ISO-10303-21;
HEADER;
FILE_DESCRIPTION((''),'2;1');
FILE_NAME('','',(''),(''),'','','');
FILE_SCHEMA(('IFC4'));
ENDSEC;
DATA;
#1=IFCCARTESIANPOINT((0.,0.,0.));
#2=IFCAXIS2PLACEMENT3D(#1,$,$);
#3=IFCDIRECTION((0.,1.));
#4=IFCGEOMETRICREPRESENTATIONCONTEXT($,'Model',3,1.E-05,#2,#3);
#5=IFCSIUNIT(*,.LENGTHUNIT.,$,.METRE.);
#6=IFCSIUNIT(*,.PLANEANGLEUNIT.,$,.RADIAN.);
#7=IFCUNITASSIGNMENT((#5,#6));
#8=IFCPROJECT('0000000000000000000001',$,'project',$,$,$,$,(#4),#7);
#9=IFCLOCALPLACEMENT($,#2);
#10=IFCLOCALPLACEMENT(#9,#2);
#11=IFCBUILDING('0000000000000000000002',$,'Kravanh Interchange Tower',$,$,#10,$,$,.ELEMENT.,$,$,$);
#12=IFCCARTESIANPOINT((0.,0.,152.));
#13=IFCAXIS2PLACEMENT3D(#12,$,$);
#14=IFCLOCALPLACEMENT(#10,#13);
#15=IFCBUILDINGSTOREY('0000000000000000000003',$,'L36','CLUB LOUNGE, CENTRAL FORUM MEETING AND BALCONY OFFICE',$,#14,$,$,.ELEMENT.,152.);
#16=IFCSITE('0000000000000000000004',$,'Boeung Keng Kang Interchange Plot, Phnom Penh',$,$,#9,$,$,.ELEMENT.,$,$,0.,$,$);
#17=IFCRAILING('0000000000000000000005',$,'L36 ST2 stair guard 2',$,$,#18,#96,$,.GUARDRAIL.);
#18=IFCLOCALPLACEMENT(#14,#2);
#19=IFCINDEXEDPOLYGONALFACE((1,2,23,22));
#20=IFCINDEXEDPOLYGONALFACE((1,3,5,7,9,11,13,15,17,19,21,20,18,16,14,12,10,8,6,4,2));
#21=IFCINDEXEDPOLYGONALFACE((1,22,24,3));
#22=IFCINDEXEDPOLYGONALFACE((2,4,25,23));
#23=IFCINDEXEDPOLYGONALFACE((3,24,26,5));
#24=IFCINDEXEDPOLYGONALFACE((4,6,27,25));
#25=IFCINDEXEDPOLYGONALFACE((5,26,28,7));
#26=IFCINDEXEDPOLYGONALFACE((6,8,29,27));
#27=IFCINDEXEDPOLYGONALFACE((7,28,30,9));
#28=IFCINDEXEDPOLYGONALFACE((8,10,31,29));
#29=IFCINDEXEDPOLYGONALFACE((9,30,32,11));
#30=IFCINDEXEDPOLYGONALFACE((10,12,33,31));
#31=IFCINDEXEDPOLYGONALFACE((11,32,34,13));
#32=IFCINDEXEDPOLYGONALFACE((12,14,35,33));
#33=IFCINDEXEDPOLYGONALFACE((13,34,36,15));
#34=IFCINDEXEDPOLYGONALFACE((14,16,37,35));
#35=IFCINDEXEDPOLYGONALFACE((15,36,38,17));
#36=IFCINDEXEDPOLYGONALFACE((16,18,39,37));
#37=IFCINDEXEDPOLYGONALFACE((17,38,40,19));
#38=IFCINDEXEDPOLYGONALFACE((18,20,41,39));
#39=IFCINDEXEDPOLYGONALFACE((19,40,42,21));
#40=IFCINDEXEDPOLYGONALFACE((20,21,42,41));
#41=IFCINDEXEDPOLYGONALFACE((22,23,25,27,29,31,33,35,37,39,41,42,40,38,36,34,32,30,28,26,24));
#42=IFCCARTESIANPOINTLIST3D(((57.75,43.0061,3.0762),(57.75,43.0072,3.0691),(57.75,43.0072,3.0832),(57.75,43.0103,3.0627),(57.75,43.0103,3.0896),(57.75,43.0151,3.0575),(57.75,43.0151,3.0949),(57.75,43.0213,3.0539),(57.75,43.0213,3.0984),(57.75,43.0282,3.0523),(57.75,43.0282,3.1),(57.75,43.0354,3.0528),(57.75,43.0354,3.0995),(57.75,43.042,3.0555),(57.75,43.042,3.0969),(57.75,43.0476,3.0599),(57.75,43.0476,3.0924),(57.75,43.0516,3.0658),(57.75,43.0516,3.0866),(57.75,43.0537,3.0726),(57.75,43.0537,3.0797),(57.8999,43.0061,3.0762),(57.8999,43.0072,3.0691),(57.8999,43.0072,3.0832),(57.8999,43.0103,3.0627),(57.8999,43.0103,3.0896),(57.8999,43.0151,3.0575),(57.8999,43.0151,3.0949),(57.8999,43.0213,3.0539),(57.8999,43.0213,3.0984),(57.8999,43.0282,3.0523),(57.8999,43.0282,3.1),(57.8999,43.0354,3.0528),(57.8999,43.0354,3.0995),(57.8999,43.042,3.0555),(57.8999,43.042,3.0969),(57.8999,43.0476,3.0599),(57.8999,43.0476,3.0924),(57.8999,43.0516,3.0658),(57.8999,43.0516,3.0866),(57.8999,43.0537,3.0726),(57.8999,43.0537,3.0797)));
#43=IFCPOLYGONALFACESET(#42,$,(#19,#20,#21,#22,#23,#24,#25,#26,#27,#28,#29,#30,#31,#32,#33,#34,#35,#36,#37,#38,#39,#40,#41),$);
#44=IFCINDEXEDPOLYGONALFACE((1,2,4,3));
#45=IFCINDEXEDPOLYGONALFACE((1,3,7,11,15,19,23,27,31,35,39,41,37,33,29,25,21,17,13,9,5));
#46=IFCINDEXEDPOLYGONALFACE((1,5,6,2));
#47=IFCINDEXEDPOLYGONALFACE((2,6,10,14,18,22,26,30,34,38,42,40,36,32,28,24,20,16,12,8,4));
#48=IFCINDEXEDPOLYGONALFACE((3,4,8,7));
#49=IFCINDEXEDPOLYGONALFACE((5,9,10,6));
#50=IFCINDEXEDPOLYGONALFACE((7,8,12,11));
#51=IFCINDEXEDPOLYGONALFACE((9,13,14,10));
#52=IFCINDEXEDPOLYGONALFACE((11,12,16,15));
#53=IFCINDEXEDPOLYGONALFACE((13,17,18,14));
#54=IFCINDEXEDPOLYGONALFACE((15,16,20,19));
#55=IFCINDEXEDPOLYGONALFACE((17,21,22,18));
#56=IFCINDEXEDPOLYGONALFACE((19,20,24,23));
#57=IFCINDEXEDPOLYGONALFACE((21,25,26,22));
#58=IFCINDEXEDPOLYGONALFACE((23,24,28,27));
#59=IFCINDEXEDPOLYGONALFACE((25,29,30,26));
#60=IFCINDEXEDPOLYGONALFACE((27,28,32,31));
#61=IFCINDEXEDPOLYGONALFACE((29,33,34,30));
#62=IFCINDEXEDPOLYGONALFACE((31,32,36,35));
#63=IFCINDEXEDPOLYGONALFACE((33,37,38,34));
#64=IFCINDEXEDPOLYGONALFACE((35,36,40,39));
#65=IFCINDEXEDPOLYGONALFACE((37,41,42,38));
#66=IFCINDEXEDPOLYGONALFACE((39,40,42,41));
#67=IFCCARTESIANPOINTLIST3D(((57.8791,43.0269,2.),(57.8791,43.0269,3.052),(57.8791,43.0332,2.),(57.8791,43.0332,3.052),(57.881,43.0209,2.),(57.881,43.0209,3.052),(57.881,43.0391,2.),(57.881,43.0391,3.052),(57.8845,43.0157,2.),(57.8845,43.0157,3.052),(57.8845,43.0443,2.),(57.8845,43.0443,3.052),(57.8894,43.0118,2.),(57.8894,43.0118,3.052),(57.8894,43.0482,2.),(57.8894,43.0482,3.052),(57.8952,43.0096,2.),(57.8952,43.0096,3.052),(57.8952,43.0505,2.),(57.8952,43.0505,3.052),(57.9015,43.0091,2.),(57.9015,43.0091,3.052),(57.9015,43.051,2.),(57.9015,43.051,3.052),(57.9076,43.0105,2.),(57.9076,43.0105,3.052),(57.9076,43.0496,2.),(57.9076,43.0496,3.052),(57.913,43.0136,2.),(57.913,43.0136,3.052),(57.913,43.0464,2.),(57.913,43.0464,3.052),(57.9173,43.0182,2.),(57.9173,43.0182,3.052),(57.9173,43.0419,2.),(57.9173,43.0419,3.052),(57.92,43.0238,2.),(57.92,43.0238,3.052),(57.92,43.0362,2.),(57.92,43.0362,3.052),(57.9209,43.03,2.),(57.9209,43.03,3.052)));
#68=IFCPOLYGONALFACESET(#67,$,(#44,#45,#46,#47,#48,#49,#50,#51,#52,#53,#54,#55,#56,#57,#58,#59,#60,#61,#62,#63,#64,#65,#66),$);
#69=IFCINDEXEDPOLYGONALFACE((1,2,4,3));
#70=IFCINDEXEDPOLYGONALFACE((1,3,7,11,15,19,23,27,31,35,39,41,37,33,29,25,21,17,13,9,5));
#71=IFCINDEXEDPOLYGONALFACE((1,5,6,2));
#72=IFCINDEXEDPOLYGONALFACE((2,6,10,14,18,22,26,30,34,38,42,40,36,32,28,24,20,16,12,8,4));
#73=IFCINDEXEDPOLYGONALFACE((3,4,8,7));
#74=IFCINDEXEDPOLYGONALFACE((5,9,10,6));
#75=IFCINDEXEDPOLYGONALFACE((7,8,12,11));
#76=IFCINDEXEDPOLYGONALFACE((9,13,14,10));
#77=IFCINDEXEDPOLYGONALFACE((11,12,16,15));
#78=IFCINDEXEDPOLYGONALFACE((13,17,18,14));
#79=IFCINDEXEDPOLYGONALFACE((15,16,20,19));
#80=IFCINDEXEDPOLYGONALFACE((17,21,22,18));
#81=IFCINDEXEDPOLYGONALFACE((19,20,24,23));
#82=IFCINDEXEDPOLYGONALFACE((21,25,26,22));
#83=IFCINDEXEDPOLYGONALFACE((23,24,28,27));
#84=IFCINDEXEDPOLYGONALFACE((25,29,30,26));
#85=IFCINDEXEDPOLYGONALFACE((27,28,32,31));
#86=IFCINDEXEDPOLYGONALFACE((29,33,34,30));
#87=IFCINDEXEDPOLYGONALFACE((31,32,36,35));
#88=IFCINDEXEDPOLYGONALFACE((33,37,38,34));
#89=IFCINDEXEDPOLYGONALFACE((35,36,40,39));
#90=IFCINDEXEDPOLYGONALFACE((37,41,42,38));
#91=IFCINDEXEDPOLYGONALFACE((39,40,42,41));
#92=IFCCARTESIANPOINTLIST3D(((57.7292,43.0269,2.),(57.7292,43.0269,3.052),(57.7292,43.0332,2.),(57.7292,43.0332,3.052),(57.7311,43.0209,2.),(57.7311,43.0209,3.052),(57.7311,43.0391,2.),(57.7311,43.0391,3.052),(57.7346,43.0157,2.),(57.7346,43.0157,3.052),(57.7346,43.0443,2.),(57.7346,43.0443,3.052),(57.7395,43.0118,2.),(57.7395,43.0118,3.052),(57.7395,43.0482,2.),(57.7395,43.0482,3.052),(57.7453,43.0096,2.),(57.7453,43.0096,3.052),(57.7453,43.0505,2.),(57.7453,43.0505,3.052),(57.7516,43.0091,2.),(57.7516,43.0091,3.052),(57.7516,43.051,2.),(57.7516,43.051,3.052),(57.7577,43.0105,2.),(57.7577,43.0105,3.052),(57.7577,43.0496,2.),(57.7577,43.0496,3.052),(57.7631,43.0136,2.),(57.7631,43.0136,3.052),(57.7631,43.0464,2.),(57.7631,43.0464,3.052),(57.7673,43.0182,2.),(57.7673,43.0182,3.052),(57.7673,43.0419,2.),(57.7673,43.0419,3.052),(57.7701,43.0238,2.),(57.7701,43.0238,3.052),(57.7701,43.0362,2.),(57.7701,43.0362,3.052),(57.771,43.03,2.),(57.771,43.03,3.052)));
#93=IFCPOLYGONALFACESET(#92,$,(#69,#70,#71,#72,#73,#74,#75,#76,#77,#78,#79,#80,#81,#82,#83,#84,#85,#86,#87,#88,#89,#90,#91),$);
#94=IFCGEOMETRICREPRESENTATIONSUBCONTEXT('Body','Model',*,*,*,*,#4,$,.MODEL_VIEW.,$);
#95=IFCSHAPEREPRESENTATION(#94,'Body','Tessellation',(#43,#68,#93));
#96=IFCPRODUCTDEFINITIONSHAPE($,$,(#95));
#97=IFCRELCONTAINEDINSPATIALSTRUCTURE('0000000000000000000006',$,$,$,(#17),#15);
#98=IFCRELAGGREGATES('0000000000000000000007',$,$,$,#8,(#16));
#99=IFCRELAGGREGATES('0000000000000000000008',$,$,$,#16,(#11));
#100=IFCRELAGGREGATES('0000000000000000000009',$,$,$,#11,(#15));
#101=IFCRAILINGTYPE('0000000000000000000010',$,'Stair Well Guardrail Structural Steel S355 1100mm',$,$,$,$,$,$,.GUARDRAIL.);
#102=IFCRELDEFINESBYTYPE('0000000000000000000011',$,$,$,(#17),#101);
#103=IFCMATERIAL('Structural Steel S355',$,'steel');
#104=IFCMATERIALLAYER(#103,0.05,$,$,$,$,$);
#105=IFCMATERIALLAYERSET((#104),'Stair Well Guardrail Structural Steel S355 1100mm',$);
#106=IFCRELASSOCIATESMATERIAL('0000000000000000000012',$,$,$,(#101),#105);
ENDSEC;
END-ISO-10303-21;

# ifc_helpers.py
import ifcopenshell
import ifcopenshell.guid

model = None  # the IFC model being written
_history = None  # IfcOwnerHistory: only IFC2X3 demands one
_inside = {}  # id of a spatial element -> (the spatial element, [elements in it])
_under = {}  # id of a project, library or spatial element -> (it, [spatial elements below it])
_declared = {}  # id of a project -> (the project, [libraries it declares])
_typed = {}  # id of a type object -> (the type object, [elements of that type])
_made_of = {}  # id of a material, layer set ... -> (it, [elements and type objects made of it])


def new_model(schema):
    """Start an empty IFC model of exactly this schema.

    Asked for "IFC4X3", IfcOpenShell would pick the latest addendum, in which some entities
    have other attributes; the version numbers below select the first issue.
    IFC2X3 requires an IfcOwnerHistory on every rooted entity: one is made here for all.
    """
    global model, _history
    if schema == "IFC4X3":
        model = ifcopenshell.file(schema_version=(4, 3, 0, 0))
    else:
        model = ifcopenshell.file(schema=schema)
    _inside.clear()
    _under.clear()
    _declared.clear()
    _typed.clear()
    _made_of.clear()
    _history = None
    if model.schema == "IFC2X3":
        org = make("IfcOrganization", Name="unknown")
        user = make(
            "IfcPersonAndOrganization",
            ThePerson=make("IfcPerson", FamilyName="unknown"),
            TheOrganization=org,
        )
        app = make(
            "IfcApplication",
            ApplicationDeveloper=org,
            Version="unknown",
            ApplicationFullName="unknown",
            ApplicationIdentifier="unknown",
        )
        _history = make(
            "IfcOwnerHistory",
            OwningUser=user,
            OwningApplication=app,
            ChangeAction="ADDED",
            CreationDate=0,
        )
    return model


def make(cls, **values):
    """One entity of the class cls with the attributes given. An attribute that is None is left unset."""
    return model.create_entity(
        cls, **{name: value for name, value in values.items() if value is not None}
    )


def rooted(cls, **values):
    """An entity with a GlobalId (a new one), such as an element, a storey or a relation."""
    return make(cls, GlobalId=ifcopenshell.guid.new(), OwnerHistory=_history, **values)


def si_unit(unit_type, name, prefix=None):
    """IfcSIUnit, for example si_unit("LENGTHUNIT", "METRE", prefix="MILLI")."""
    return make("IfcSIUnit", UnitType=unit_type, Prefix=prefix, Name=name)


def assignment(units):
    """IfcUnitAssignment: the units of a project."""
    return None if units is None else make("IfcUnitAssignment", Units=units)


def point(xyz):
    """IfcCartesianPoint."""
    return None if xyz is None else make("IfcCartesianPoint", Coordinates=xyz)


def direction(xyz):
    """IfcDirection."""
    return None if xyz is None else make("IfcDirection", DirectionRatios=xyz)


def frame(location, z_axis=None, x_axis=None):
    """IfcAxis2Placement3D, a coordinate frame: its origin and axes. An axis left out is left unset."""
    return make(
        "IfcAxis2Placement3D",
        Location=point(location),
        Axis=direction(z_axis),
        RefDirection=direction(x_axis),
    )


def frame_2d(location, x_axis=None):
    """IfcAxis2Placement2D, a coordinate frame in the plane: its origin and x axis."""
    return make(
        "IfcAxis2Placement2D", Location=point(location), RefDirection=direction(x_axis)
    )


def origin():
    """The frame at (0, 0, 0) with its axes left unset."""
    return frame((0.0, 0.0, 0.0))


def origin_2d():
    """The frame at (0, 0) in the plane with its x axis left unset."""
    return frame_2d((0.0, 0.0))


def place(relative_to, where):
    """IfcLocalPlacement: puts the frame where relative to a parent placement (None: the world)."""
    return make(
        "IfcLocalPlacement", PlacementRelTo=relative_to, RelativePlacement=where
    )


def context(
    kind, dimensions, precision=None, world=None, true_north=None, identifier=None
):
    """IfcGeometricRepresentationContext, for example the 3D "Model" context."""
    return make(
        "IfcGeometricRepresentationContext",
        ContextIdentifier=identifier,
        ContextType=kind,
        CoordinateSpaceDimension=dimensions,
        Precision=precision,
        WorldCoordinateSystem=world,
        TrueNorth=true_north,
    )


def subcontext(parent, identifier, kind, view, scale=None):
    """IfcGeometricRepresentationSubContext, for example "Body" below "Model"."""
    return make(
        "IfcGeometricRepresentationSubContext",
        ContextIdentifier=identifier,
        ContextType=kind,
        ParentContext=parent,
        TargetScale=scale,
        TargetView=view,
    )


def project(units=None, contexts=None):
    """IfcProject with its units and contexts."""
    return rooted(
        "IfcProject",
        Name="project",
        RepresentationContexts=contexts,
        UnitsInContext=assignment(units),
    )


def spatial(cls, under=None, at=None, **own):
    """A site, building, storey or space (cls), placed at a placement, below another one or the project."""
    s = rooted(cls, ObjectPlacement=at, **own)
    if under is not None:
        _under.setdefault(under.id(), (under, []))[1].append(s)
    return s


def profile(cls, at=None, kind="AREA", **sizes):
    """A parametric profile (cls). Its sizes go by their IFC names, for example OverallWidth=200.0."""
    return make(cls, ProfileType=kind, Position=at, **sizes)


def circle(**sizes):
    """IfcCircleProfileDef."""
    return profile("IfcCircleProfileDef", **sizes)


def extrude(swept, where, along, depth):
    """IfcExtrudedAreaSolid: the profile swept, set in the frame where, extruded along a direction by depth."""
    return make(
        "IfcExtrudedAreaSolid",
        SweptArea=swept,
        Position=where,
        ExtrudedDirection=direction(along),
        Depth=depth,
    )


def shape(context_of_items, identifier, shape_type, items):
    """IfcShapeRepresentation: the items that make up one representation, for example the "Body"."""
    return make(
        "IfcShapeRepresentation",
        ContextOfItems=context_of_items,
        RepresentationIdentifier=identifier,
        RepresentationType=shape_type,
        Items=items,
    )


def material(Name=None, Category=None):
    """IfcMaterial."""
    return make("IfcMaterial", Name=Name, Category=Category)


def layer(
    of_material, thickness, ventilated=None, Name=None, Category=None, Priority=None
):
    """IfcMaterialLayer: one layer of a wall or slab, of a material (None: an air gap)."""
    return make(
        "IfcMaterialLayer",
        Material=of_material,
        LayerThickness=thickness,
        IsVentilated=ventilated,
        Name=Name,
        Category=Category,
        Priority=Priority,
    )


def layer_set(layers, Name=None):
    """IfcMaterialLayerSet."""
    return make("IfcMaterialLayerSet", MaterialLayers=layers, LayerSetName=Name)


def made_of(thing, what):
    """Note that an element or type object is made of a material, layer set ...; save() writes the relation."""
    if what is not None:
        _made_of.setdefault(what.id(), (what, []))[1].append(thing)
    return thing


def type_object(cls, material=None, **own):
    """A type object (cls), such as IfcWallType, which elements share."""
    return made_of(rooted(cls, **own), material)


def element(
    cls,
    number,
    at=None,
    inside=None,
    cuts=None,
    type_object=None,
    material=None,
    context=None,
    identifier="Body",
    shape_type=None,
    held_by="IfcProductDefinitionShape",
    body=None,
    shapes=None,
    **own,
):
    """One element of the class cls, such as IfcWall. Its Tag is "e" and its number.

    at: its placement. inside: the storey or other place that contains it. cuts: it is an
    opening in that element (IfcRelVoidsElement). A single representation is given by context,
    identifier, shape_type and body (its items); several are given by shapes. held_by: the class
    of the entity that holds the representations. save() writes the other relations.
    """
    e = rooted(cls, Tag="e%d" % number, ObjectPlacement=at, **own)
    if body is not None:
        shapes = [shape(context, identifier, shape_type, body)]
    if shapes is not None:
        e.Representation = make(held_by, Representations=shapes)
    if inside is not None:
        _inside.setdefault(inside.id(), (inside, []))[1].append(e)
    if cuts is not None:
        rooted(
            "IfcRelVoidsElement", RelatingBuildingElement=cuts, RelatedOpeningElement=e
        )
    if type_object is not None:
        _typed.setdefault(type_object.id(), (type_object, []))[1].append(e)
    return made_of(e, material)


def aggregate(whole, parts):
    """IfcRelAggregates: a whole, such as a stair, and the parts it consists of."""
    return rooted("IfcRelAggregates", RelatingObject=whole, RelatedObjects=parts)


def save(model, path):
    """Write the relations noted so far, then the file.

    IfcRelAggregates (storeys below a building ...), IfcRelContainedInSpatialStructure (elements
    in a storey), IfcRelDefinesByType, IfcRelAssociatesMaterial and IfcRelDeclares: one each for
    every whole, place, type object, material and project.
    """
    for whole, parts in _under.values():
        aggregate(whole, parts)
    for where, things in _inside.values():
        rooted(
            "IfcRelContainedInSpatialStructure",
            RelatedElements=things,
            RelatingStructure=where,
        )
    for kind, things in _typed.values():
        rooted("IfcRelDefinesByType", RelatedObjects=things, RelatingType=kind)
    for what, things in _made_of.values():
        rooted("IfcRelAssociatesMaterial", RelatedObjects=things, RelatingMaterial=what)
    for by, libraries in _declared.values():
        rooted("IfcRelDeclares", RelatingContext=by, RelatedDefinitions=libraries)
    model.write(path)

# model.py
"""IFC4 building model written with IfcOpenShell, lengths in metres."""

from ifc_helpers import new_model, si_unit, direction, frame, origin, origin_2d, place, context, subcontext, project, spatial, circle, extrude, material, layer, layer_set, type_object, element, save


model = new_model("IFC4")

# Units and contexts
model_context = context("Model", 3, precision=1e-05, world=origin(), true_north=direction((0.0, 1.0)))
body_context = subcontext(model_context, "Body", "Model", "MODEL_VIEW")
ifc_project = project(units=[si_unit("LENGTHUNIT", "METRE"), si_unit("PLANEANGLEUNIT", "RADIAN")], contexts=[model_context])

# Site, building, storey
site_placement = place(None, origin())
site = spatial("IfcSite", under=ifc_project, at=site_placement, Name="Boeung Keng Kang Interchange Plot, Phnom Penh", CompositionType="ELEMENT", RefElevation=0.0)
building_placement = place(site_placement, origin())
building = spatial("IfcBuilding", under=site, at=building_placement, Name="Kravanh Interchange Tower", CompositionType="ELEMENT")
storey_placement = place(building_placement, frame((0.0, 0.0, 152.0)))
storey = spatial("IfcBuildingStorey", under=building, at=storey_placement, Name="L36", Description="CLUB LOUNGE, CENTRAL FORUM MEETING AND BALCONY OFFICE", CompositionType="ELEMENT", Elevation=152.0)

# Railing
ifc_material_1 = material(Name="Structural Steel S355", Category="steel")
ifc_layer_1 = layer(ifc_material_1, 0.05)
ifc_layer_set_1 = layer_set([ifc_layer_1], Name="Stair Well Guardrail Structural Steel S355 1100mm")
railing_type_1 = type_object("IfcRailingType", Name="Stair Well Guardrail Structural Steel S355 1100mm", PredefinedType="GUARDRAIL", material=ifc_layer_set_1)
railing_1_placement = place(storey_placement, frame((57.8999, 43.03, 2.0)))
element("IfcRailing", 1, at=railing_1_placement, inside=storey, type_object=railing_type_1, Name="L36 ST2 stair guard 2", PredefinedType="GUARDRAIL", context=body_context, shape_type="SweptSolid", body=[
    extrude(circle(Radius=0.0239, at=origin_2d()), frame((0.0, 0.0, 1.0762), z_axis=(-1.0, 0.0, 0.0), x_axis=(0.0, -1.0, 0.0)), (0.0, 0.0, 1.0), 0.1499),
    extrude(circle(Radius=0.021, at=origin_2d()), origin(), (0.0, 0.0, 1.0), 1.052),
    extrude(circle(Radius=0.021, at=origin_2d()), frame((-0.1499, 0.0, 0.0)), (0.0, 0.0, 1.0), 1.052),
])

save(model, "model.ifc")
